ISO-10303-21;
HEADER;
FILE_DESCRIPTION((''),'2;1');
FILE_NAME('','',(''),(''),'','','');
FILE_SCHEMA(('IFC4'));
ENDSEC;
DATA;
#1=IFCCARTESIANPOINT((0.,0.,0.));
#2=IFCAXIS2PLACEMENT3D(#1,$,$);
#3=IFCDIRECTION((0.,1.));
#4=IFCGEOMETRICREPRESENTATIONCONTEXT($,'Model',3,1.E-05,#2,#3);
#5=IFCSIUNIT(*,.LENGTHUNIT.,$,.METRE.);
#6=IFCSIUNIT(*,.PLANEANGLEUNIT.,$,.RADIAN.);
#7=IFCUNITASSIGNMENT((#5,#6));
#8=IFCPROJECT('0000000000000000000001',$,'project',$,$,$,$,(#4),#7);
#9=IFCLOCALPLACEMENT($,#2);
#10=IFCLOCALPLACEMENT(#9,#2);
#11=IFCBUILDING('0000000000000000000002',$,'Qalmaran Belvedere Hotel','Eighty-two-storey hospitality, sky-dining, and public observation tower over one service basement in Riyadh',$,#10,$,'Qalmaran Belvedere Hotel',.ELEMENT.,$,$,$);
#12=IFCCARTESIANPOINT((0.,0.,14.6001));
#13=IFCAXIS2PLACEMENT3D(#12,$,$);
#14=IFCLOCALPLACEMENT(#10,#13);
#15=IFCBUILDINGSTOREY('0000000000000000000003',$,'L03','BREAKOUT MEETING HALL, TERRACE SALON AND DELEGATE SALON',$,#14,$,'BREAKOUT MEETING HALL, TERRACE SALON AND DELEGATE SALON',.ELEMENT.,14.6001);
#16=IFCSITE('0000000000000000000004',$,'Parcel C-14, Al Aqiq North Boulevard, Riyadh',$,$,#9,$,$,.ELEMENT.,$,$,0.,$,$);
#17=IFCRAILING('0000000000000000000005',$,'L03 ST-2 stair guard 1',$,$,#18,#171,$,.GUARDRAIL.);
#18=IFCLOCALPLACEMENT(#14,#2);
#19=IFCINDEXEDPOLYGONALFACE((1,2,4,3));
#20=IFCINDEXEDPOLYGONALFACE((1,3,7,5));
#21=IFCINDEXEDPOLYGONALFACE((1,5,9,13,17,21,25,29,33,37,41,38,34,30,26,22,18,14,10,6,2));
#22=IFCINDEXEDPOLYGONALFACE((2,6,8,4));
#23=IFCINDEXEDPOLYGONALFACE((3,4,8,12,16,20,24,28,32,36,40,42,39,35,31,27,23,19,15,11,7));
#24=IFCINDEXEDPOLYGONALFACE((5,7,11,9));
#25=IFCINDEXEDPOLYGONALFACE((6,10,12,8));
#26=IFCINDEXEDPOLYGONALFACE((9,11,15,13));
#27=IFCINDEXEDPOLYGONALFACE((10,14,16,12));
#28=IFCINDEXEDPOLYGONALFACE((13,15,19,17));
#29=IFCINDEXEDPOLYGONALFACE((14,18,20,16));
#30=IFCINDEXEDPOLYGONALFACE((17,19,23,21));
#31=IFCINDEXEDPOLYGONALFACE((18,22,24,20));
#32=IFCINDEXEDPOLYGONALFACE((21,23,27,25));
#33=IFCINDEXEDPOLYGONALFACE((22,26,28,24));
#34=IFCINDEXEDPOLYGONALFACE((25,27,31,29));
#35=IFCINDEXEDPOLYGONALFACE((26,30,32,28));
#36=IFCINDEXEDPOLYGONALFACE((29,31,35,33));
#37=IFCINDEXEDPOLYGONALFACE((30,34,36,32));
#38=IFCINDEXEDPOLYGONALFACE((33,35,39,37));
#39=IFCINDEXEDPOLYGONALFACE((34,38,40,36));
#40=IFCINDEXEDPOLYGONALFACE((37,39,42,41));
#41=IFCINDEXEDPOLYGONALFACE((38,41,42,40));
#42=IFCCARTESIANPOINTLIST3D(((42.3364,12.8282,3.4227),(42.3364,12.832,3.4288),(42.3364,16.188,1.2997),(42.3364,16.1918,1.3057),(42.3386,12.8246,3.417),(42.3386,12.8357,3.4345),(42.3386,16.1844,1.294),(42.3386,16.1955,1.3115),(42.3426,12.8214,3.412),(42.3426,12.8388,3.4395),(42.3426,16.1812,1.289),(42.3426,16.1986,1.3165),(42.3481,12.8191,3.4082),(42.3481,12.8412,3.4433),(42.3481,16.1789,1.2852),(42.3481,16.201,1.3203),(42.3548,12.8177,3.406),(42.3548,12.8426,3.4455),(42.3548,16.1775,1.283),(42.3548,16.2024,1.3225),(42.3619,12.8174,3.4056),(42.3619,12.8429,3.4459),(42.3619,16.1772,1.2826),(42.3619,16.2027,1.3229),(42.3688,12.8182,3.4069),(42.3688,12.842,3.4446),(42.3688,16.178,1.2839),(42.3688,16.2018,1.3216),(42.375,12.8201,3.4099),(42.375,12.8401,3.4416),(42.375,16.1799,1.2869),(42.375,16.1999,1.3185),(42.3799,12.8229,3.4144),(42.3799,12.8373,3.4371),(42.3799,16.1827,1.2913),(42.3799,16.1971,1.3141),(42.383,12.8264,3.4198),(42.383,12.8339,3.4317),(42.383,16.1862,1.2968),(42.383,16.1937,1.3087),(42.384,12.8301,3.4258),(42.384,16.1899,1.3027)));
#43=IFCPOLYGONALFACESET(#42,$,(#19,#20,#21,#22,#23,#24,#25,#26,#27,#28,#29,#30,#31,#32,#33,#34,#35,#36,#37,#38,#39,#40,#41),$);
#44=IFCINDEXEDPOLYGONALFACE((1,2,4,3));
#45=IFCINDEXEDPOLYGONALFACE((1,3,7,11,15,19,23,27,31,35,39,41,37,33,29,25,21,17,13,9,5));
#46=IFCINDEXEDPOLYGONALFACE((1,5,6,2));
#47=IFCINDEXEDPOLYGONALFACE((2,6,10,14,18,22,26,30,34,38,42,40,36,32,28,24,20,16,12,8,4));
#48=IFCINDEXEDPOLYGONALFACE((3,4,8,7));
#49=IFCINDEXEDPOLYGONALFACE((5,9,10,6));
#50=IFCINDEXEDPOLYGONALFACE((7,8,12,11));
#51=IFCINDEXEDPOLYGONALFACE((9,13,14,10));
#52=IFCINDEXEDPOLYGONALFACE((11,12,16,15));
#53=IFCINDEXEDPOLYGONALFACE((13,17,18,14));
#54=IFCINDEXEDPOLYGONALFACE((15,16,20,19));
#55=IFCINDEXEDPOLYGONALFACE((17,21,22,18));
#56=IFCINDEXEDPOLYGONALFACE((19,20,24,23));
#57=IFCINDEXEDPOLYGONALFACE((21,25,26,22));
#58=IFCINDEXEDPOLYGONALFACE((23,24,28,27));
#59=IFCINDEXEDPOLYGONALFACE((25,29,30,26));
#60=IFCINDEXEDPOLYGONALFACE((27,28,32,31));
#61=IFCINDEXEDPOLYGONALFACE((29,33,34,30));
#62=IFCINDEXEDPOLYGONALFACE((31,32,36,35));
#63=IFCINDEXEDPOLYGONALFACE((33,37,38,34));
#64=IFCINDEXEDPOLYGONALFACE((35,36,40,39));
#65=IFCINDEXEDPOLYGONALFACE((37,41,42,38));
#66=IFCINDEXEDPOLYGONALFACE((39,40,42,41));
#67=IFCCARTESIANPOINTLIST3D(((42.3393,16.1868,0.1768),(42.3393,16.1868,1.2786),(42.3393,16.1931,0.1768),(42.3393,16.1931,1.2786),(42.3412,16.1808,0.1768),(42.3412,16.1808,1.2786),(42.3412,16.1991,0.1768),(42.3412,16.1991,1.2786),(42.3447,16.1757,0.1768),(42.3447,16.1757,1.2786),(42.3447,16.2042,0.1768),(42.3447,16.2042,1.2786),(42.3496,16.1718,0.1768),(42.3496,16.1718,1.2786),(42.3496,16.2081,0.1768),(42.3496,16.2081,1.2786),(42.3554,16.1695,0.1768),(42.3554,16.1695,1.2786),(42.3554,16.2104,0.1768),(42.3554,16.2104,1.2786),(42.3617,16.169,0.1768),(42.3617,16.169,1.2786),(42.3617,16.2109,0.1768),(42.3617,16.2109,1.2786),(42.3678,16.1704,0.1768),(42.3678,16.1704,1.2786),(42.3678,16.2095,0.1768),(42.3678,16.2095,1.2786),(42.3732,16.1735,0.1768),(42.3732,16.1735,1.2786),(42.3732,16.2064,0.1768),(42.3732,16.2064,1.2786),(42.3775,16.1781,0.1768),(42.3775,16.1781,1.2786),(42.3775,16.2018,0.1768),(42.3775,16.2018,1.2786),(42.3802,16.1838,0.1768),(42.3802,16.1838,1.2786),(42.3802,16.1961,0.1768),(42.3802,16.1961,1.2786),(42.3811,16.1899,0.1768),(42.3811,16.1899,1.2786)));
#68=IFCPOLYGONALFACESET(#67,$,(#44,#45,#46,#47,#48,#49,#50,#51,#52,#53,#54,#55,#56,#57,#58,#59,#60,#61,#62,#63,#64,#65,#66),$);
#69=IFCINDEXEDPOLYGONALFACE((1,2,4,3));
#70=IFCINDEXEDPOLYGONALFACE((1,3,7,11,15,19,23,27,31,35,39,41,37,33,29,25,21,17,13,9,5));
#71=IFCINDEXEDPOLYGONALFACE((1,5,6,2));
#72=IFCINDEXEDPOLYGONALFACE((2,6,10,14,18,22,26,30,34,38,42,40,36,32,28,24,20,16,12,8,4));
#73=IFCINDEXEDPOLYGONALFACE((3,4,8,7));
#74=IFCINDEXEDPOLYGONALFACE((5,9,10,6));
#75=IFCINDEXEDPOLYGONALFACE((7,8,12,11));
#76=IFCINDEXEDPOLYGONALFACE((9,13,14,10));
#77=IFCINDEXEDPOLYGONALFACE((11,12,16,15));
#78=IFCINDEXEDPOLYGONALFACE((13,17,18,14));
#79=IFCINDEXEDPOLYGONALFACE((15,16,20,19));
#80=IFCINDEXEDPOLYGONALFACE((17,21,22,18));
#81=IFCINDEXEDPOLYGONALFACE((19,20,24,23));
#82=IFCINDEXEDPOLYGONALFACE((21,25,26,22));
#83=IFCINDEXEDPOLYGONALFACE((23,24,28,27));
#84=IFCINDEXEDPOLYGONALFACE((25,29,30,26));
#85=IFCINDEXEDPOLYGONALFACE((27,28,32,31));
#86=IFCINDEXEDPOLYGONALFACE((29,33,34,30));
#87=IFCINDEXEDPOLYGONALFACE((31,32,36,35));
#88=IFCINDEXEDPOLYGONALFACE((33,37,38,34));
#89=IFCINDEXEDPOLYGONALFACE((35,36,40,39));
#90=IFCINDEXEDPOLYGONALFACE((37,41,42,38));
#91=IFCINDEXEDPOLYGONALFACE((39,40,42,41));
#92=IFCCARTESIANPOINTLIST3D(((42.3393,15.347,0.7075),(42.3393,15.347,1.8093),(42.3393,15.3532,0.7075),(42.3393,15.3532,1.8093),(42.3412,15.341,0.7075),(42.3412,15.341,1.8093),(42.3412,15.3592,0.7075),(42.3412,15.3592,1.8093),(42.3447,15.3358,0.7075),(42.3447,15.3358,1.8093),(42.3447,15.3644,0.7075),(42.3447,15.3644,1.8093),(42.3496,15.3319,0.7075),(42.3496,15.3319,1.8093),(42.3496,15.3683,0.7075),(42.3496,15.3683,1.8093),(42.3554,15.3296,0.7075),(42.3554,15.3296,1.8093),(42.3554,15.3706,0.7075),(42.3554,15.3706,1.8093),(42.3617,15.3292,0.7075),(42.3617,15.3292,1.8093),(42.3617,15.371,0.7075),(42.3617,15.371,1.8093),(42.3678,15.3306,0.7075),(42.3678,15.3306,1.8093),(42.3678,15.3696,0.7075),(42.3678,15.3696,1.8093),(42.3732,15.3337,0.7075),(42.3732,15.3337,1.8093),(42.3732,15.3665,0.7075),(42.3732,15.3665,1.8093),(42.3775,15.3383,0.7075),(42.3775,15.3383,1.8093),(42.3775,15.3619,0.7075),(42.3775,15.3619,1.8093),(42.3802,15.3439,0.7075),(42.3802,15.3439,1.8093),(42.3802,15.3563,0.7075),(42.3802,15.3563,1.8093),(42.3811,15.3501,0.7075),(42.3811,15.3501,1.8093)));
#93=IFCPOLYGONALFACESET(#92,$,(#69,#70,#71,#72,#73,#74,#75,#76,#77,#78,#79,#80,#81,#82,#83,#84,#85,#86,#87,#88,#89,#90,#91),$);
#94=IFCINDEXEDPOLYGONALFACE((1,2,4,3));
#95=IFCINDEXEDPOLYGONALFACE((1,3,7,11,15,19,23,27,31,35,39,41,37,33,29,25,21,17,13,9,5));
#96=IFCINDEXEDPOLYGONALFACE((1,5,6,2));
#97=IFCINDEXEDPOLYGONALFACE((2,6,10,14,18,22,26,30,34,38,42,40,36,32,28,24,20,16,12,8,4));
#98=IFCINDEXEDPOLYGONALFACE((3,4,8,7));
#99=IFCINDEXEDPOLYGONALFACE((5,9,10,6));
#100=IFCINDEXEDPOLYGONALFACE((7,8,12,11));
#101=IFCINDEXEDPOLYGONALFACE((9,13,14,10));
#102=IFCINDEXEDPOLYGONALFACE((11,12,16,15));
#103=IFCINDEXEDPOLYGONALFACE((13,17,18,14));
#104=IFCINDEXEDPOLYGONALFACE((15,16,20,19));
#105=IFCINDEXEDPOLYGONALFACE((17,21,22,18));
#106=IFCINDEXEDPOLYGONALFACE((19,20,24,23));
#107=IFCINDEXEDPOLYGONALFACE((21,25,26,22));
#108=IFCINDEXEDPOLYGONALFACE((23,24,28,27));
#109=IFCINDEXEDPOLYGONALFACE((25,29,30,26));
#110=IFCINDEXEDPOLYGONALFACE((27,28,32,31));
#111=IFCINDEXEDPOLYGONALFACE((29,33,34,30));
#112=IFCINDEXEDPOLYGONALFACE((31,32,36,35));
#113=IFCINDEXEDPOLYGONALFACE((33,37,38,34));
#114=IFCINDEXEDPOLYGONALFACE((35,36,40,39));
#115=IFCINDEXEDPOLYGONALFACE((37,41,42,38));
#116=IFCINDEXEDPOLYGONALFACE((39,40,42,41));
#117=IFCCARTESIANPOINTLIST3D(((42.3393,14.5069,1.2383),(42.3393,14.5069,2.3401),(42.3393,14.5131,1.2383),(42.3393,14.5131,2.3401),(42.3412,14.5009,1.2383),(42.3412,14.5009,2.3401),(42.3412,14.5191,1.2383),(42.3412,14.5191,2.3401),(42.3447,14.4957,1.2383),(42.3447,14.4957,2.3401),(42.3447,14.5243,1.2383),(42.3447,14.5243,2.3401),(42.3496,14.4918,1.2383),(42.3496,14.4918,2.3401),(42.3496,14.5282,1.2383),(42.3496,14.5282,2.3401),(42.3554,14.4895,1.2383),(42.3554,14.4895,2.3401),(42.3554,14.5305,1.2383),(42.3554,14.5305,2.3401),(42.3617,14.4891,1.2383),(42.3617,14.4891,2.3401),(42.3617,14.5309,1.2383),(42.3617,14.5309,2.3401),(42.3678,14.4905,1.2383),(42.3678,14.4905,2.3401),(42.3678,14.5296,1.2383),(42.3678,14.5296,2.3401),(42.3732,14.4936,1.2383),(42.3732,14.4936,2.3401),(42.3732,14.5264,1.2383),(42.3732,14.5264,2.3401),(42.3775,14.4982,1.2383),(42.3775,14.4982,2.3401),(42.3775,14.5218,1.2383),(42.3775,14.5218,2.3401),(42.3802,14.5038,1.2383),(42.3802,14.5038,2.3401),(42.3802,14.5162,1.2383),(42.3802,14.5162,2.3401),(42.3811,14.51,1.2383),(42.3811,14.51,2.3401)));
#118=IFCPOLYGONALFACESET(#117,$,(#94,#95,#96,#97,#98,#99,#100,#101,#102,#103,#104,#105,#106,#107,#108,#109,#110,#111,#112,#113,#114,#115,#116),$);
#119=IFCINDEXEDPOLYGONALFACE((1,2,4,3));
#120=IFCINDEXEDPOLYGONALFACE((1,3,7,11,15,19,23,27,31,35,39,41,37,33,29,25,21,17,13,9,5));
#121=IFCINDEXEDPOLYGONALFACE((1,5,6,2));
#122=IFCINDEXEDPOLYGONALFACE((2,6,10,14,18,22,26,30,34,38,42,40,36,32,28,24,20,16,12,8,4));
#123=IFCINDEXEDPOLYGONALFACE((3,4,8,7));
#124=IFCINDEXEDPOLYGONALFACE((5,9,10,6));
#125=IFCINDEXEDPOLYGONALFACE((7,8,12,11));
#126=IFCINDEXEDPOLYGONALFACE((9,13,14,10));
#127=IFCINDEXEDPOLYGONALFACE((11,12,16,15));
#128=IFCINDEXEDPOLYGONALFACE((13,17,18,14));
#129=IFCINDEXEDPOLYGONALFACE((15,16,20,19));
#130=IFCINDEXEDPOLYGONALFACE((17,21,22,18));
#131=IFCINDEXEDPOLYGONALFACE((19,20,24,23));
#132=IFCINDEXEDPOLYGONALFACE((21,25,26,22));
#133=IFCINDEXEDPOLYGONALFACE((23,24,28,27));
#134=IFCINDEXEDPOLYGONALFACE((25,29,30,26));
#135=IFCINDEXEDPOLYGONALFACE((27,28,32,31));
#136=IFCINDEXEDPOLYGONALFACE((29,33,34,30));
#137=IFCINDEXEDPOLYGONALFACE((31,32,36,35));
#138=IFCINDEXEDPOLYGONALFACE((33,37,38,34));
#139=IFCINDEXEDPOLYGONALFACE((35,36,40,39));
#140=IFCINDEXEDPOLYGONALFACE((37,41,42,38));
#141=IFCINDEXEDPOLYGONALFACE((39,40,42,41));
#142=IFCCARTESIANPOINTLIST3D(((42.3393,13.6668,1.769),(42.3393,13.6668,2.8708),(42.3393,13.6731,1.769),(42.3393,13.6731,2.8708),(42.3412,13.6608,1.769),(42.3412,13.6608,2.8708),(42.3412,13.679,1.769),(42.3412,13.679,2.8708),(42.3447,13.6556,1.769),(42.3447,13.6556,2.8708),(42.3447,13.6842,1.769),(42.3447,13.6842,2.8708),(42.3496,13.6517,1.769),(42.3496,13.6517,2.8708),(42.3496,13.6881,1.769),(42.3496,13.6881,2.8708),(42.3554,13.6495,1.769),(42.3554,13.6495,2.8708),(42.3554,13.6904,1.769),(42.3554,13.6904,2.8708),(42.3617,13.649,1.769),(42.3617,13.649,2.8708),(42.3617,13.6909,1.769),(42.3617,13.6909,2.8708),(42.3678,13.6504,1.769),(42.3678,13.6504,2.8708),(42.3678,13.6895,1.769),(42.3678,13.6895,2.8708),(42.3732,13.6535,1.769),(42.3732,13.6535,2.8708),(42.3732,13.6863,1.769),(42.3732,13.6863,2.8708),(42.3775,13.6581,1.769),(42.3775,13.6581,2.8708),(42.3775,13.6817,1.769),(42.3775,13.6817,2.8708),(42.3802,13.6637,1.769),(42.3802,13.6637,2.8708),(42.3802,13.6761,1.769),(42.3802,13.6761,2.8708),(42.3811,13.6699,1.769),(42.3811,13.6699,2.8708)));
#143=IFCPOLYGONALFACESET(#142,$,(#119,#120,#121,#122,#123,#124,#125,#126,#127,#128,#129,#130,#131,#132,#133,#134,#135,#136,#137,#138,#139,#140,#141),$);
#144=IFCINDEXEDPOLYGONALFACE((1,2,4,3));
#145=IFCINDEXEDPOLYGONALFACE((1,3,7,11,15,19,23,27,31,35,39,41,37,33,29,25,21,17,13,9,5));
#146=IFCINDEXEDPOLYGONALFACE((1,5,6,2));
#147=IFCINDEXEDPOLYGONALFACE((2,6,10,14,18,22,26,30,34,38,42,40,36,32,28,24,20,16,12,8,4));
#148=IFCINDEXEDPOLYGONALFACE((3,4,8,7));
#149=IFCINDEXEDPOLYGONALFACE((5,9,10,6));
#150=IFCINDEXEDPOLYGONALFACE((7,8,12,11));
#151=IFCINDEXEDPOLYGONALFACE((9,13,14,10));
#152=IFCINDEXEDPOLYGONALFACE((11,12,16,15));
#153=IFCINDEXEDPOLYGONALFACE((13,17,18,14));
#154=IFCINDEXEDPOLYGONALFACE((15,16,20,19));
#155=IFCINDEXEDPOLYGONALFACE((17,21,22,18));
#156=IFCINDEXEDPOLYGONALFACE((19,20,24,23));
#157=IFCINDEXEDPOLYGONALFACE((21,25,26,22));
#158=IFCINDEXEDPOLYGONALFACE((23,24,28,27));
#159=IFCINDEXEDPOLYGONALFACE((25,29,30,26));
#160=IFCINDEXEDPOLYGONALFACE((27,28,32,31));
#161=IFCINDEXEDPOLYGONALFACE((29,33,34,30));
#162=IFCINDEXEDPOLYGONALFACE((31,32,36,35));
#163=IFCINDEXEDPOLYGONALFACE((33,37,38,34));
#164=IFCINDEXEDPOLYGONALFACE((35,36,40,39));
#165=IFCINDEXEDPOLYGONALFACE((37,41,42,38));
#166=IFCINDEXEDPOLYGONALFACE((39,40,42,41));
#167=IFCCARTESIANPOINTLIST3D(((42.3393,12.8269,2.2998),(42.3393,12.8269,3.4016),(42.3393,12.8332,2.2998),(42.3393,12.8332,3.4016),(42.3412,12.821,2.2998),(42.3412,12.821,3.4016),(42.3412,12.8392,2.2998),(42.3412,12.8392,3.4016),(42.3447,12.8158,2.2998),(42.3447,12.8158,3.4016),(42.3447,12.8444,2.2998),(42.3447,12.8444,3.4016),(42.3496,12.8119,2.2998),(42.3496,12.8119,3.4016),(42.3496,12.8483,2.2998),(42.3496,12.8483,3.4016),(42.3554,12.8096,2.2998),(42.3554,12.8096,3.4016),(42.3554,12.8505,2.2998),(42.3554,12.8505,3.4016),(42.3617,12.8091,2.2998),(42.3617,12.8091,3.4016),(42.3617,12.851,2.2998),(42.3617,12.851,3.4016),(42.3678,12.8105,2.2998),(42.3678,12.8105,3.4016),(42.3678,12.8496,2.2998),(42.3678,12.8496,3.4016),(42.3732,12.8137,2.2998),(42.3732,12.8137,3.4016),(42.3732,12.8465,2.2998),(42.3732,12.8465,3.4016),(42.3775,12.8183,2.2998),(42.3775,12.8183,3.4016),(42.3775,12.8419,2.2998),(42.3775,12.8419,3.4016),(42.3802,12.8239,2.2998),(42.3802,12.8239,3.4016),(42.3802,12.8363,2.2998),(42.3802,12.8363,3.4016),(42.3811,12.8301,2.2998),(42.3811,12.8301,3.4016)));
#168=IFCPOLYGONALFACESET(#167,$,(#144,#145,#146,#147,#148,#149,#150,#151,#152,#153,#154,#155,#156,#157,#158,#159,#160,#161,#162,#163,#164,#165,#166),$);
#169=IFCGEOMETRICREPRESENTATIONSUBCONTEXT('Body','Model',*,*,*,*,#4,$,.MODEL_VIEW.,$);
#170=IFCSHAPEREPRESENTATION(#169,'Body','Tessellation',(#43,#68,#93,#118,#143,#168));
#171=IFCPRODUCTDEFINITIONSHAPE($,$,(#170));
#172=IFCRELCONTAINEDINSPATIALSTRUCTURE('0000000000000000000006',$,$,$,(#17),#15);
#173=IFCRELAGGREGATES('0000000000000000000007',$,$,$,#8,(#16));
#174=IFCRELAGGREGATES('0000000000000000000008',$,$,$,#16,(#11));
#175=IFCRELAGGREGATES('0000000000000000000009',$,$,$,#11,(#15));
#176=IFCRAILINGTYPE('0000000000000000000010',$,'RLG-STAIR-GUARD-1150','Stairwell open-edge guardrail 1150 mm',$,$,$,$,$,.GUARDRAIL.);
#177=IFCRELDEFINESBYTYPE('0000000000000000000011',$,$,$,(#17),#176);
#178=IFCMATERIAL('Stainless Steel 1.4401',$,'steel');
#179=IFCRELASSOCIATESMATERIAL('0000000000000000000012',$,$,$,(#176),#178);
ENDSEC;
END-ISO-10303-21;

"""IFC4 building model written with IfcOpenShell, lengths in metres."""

from ifc_helpers import new_model, si_unit, direction, frame, origin, origin_2d, place, context, subcontext, project, spatial, circle, extrude, material, type_object, element, save


model = new_model("IFC4")

# Units and contexts
model_context = context("Model", 3, precision=1e-05, world=origin(), true_north=direction((0.0, 1.0)))
body_context = subcontext(model_context, "Body", "Model", "MODEL_VIEW")
ifc_project = project(units=[si_unit("LENGTHUNIT", "METRE"), si_unit("PLANEANGLEUNIT", "RADIAN")], contexts=[model_context])

# Site, building, storey
site_placement = place(None, origin())
site = spatial("IfcSite", under=ifc_project, at=site_placement, Name="Parcel C-14, Al Aqiq North Boulevard, Riyadh", CompositionType="ELEMENT", RefElevation=0.0)
building_placement = place(site_placement, origin())
building = spatial("IfcBuilding", under=site, at=building_placement, Name="Qalmaran Belvedere Hotel", Description="Eighty-two-storey hospitality, sky-dining, and public observation tower over one service basement in Riyadh", LongName="Qalmaran Belvedere Hotel", CompositionType="ELEMENT")
storey_placement = place(building_placement, frame((0.0, 0.0, 14.6001)))
storey = spatial("IfcBuildingStorey", under=building, at=storey_placement, Name="L03", Description="BREAKOUT MEETING HALL, TERRACE SALON AND DELEGATE SALON", LongName="BREAKOUT MEETING HALL, TERRACE SALON AND DELEGATE SALON", CompositionType="ELEMENT", Elevation=14.6001)

# Shared definitions
ifc_material_1 = material(Name="Stainless Steel 1.4401", Category="steel")

# Railing
railing_type_1 = type_object("IfcRailingType", Name="RLG-STAIR-GUARD-1150", Description="Stairwell open-edge guardrail 1150 mm", PredefinedType="GUARDRAIL", material=ifc_material_1)
railing_1_placement = place(storey_placement, frame((42.3601, 16.1899, 0.1768)))
element("IfcRailing", 1, at=railing_1_placement, inside=storey, type_object=railing_type_1, Name="L03 ST-2 stair guard 1", PredefinedType="GUARDRAIL", context=body_context, shape_type="SweptSolid", body=[
    extrude(circle(Radius=0.0239, at=origin_2d()), frame((0.0, 0.0, 1.126), z_axis=(0.0, -0.845372, 0.534178), x_axis=(1.0, 0.0, 0.0)), (0.0, 0.0, 1.0), 3.9744),
    extrude(circle(Radius=0.021, at=origin_2d()), origin(), (0.0, 0.0, 1.0), 1.1018),
    extrude(circle(Radius=0.021, at=origin_2d()), frame((0.0, -0.8398, 0.5308)), (0.0, 0.0, 1.0), 1.1018),
    extrude(circle(Radius=0.021, at=origin_2d()), frame((0.0, -1.6799, 1.0615)), (0.0, 0.0, 1.0), 1.1018),
    extrude(circle(Radius=0.021, at=origin_2d()), frame((0.0, -2.52, 1.5923)), (0.0, 0.0, 1.0), 1.1018),
    extrude(circle(Radius=0.021, at=origin_2d()), frame((0.0, -3.3599, 2.123)), (0.0, 0.0, 1.0), 1.1018),
])

save(model, "model.ifc")
